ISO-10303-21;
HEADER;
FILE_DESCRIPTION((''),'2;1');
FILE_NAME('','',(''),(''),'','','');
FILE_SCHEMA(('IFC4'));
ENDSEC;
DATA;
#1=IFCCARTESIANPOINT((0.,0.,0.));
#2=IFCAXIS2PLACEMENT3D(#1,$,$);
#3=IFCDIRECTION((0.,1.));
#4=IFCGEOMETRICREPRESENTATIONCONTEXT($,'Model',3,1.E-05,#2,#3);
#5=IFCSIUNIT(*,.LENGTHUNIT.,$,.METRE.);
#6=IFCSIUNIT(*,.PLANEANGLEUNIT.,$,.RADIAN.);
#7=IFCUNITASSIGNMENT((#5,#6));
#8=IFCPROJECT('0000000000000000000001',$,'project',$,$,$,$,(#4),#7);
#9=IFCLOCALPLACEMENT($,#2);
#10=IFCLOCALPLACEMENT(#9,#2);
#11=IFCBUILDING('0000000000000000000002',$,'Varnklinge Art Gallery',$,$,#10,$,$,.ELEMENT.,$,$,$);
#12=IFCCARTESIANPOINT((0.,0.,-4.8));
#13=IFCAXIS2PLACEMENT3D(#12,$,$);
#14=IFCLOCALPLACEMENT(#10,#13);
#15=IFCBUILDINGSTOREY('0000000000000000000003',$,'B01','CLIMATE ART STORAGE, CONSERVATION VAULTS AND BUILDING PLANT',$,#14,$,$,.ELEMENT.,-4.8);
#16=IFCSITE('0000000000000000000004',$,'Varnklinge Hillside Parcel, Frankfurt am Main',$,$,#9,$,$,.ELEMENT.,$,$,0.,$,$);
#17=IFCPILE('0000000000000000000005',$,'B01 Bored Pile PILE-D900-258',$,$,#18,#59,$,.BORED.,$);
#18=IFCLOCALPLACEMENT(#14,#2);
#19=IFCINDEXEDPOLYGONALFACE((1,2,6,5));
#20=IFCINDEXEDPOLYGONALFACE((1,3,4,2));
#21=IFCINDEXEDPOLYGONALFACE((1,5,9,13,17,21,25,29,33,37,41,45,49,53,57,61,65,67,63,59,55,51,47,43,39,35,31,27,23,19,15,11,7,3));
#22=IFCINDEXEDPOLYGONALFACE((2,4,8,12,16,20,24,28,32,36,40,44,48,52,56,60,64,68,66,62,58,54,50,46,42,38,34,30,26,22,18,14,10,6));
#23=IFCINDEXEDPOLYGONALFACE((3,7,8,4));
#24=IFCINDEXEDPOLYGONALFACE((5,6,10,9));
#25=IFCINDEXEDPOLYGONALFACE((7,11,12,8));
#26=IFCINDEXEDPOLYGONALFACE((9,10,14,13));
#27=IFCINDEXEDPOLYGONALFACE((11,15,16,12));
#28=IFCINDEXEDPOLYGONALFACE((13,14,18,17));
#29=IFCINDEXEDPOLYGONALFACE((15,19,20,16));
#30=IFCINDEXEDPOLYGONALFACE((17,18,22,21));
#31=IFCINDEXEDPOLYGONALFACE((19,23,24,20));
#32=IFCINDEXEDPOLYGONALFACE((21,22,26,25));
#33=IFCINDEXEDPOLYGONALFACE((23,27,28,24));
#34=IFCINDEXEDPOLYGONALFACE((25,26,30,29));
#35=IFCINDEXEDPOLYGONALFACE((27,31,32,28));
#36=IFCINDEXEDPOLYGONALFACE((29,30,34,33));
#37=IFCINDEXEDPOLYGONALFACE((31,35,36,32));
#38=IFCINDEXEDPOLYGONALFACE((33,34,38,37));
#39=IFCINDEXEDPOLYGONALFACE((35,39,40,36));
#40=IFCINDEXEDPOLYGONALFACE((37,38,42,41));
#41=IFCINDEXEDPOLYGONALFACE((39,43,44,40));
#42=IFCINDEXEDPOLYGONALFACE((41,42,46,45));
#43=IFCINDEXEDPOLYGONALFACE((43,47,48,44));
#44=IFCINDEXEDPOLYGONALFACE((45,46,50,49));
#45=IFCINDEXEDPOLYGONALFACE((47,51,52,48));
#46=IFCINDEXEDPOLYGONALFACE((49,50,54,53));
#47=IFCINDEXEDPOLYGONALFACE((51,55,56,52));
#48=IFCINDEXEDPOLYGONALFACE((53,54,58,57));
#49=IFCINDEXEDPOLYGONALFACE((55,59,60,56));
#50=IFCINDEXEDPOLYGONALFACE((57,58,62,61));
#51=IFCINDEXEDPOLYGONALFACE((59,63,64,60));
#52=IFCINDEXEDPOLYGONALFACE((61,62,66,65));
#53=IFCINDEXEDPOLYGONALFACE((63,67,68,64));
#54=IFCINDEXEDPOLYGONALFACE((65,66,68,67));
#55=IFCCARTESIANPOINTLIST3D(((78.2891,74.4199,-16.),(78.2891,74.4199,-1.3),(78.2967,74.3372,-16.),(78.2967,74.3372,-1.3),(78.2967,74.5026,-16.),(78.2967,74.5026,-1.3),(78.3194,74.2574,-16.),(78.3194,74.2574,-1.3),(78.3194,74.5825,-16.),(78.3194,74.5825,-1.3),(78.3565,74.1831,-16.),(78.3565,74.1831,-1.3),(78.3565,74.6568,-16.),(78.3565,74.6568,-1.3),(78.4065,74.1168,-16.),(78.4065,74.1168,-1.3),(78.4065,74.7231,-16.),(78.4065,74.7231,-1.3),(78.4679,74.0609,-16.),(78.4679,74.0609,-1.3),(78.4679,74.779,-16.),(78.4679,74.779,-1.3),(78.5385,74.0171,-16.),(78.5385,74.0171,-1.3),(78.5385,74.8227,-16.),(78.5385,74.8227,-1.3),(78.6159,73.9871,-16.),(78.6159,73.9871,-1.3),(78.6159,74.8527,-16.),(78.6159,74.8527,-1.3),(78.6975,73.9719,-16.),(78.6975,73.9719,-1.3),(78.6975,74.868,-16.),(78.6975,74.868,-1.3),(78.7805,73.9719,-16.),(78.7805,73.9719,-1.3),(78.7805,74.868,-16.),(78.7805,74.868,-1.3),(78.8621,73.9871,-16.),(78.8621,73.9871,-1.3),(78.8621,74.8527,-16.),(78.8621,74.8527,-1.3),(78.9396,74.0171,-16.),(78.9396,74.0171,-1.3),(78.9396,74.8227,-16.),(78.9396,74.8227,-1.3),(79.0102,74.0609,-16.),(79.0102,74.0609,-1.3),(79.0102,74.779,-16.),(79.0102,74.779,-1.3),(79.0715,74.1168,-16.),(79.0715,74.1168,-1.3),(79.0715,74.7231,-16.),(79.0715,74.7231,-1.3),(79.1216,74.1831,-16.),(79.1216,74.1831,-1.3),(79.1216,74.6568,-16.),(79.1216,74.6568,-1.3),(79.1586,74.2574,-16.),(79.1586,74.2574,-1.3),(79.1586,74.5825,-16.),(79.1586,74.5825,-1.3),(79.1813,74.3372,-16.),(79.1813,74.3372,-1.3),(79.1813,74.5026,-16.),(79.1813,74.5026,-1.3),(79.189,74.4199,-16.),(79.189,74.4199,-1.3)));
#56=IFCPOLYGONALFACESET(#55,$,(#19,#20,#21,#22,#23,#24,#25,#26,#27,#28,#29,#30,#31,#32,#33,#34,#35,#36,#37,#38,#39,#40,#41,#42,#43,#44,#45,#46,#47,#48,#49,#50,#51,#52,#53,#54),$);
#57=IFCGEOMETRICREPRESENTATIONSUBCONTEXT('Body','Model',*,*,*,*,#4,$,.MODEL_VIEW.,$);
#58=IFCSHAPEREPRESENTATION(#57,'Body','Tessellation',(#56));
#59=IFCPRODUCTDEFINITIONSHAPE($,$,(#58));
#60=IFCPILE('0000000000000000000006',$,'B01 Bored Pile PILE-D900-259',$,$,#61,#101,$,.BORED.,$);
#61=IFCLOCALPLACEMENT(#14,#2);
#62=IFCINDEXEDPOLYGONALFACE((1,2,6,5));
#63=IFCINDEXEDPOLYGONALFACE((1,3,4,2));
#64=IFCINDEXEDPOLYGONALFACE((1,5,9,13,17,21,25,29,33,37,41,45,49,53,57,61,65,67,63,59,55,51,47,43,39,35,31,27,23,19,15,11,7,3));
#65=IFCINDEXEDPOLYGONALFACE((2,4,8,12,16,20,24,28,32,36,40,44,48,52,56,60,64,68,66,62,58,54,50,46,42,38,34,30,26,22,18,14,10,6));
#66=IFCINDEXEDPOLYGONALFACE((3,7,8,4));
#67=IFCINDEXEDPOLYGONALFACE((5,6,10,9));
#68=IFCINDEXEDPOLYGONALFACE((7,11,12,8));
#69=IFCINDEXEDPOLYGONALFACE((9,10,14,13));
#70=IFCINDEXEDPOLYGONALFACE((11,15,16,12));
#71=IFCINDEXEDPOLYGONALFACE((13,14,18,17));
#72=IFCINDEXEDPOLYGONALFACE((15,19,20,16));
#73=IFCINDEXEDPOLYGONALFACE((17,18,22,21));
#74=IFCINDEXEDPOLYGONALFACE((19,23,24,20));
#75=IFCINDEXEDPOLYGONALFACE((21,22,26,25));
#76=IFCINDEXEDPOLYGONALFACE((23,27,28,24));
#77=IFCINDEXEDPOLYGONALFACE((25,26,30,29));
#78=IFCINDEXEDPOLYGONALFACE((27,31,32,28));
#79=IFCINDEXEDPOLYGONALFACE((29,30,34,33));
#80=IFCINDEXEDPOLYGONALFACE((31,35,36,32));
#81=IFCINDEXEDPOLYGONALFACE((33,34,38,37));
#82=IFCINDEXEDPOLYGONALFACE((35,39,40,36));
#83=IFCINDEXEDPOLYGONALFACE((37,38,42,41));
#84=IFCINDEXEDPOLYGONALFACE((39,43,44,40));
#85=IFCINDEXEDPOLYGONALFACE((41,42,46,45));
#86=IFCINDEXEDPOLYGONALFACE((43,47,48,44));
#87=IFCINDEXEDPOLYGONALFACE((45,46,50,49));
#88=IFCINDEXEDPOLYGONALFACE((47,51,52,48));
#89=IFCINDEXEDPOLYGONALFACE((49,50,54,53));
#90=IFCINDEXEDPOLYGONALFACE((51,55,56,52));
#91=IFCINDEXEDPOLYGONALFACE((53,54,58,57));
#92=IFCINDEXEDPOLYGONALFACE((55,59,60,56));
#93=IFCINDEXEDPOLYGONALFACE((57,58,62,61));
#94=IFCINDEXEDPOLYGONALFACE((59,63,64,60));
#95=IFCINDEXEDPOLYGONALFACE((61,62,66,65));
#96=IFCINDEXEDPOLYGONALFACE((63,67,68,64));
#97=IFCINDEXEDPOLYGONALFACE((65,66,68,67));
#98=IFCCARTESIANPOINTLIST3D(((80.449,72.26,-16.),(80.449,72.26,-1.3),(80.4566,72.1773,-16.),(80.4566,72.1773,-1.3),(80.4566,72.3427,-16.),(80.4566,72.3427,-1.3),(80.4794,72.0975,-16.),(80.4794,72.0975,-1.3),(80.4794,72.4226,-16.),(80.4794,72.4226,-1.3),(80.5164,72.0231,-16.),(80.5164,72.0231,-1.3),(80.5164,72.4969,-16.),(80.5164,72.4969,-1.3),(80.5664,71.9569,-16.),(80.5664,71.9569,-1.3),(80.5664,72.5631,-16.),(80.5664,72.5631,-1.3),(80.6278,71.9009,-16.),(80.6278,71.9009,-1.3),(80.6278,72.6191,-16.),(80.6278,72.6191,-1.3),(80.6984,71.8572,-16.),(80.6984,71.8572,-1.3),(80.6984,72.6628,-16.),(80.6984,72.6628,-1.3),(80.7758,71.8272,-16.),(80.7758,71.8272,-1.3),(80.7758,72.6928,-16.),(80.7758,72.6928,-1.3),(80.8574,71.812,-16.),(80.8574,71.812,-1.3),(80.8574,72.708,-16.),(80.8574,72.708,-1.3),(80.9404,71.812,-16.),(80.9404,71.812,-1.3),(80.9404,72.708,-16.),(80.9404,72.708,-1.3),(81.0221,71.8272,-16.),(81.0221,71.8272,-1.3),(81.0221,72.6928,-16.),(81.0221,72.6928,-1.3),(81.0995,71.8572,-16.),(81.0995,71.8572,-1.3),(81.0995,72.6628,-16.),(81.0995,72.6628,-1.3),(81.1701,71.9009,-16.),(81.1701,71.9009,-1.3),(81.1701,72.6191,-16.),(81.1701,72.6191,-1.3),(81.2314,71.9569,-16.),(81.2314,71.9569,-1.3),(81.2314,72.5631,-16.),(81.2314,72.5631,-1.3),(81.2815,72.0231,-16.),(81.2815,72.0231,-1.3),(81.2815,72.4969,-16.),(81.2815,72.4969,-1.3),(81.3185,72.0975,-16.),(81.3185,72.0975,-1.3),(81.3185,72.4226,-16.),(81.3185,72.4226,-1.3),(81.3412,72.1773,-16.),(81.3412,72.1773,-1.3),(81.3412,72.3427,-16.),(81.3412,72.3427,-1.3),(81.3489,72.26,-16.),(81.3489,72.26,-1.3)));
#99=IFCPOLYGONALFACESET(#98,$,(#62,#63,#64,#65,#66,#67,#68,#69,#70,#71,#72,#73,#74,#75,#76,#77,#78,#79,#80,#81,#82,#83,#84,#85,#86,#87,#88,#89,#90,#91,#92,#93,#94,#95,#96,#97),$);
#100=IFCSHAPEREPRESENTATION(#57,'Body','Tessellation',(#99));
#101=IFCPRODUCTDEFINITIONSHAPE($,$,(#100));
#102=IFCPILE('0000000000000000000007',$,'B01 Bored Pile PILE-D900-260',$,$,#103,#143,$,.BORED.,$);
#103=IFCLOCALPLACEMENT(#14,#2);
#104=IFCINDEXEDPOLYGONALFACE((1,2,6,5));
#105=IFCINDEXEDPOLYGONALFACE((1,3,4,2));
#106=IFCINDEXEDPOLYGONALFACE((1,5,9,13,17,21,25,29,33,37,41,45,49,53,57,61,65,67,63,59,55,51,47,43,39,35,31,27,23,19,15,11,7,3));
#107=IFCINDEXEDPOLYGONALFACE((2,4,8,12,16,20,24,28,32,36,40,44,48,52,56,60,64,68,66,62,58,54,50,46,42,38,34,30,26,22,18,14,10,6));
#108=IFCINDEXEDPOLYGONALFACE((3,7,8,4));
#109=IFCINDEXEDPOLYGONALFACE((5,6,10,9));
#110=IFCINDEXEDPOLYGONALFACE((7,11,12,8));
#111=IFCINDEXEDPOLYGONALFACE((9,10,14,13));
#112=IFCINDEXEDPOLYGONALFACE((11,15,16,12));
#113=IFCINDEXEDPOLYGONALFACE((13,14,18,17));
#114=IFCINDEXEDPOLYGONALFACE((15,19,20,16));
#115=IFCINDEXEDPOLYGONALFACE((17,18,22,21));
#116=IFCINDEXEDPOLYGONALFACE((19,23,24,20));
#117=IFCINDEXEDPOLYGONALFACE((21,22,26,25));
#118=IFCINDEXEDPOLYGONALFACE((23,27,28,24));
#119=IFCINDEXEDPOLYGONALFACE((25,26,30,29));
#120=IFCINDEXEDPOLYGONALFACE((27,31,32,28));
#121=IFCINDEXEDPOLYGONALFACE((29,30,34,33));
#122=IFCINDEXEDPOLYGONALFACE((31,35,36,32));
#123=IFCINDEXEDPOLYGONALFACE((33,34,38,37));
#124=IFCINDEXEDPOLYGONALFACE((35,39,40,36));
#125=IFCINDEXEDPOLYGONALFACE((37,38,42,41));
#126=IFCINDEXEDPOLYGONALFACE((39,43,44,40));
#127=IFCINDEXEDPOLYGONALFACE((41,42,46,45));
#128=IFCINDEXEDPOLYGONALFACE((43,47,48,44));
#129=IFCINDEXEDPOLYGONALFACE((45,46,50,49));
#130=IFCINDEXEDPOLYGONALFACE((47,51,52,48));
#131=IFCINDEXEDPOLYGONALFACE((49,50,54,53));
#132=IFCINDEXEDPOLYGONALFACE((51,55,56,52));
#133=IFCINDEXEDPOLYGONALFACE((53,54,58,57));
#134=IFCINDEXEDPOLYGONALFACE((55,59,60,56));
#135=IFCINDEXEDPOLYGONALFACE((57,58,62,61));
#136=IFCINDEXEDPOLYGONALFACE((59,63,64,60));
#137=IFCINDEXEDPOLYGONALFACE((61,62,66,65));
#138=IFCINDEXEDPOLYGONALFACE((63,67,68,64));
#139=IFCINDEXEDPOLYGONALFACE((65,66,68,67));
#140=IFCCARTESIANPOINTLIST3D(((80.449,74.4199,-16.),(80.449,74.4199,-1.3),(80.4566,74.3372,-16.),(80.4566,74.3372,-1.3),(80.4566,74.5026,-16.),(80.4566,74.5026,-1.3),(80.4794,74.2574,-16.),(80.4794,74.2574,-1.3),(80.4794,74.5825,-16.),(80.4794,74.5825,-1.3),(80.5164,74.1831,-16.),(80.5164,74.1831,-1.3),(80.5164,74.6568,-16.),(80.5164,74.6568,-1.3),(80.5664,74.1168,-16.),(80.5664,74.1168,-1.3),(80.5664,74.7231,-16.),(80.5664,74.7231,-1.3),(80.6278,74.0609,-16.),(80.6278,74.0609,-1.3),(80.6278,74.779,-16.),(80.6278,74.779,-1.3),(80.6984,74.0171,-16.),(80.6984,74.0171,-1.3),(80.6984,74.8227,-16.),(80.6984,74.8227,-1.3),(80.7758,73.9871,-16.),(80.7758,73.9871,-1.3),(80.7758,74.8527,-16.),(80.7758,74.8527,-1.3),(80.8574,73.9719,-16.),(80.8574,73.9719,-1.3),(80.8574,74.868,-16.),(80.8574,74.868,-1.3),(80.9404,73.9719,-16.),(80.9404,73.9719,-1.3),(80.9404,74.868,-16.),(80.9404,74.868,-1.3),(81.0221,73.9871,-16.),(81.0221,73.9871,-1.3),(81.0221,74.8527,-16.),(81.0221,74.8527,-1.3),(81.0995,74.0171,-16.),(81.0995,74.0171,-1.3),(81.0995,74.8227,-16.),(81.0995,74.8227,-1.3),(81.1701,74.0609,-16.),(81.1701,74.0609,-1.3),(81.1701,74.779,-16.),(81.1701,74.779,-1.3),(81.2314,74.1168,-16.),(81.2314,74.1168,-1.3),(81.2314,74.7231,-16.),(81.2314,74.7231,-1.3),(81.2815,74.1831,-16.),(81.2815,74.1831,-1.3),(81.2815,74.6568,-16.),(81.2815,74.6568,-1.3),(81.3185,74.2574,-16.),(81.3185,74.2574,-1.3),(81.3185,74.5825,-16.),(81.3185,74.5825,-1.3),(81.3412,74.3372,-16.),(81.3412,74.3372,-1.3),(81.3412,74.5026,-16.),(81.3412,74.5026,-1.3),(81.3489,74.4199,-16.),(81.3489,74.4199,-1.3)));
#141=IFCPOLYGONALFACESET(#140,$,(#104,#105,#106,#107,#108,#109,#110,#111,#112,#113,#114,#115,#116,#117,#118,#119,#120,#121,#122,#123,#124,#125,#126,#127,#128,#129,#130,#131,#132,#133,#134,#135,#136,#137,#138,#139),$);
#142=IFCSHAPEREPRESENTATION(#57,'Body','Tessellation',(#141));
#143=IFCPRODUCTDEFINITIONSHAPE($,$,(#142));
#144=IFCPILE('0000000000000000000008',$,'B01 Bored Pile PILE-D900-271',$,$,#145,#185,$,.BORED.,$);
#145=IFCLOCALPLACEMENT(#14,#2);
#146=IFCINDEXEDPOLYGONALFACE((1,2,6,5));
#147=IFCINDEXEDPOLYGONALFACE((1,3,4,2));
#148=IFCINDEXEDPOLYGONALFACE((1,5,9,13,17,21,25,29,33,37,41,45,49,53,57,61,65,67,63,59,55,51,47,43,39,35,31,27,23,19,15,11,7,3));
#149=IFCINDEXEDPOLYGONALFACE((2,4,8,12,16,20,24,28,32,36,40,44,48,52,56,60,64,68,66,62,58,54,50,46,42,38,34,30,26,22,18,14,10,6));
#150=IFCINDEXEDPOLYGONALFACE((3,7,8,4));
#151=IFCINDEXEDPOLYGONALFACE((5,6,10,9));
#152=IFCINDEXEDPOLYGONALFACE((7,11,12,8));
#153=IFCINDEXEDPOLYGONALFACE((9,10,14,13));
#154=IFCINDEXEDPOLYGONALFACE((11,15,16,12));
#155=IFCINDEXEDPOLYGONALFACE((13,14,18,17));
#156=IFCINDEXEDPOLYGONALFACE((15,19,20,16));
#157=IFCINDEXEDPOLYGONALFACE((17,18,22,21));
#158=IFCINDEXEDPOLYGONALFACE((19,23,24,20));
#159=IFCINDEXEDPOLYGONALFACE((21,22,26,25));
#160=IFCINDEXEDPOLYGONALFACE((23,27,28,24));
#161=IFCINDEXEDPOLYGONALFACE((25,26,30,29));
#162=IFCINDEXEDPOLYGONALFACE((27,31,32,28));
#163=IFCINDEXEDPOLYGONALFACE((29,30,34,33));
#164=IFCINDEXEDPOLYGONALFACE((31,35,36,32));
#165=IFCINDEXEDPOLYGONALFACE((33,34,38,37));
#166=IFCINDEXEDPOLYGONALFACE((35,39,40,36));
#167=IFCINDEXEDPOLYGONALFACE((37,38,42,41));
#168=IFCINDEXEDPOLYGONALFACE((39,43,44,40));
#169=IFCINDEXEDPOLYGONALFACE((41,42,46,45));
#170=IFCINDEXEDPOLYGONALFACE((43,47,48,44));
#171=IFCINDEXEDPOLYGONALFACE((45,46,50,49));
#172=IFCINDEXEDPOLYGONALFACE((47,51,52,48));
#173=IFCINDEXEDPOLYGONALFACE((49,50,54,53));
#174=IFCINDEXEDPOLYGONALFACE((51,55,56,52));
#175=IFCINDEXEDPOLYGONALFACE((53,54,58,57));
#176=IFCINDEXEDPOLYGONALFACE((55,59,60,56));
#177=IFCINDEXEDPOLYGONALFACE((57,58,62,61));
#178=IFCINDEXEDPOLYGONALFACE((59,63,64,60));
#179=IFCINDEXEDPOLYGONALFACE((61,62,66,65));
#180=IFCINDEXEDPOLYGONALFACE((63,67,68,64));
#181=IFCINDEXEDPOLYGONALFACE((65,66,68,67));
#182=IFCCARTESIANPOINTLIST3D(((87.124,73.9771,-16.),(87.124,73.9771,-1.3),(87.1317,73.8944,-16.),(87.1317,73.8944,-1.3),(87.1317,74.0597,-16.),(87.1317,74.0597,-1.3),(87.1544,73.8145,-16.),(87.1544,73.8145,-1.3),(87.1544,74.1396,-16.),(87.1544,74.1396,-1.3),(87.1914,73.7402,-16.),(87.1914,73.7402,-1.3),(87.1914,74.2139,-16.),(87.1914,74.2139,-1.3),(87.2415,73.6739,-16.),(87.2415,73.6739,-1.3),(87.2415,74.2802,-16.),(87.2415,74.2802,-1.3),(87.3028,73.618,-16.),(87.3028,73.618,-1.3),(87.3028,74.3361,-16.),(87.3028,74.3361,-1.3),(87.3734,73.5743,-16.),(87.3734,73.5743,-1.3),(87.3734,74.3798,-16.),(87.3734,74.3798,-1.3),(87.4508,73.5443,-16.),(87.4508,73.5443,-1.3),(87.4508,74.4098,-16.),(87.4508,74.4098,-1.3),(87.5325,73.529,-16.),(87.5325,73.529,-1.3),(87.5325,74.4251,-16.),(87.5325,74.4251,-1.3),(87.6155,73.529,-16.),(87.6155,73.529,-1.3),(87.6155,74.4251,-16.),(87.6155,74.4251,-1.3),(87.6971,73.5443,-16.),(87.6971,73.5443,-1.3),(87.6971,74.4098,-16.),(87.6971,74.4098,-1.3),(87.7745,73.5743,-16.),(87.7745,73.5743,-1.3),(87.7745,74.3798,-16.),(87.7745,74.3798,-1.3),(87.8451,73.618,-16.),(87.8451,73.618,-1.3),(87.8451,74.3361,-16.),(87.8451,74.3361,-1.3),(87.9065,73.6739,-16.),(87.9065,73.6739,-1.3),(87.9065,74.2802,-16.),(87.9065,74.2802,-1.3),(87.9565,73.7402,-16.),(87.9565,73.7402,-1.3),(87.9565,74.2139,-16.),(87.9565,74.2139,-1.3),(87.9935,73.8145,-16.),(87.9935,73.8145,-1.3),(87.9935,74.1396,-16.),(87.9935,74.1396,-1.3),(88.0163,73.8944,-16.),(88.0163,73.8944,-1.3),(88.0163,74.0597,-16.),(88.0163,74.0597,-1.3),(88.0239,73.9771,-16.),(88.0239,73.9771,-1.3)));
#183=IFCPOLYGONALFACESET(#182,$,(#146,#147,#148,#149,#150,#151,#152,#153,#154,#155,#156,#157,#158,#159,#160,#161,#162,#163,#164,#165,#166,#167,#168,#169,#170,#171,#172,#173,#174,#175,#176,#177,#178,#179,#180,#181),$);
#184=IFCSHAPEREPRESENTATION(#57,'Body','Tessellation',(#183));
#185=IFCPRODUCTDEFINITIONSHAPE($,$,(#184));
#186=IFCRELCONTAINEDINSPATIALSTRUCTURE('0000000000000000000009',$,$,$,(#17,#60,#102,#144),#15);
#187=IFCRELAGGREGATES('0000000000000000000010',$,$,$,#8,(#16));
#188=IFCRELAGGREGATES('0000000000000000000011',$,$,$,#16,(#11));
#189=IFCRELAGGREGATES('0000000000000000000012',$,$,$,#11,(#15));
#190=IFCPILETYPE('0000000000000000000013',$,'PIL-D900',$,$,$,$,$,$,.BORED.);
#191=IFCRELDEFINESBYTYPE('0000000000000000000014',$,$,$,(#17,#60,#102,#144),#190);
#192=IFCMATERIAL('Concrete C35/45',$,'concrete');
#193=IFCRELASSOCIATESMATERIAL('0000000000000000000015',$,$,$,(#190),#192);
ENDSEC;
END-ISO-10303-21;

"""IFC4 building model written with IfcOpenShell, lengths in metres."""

from ifc_helpers import new_model, si_unit, direction, frame, origin, origin_2d, place, context, subcontext, project, spatial, circle, extrude, material, material_profile, profile_set, type_object, element, save


model = new_model("IFC4")

# Units and contexts
model_context = context("Model", 3, precision=1e-05, world=origin(), true_north=direction((0.0, 1.0)))
body_context = subcontext(model_context, "Body", "Model", "MODEL_VIEW")
ifc_project = project(units=[si_unit("LENGTHUNIT", "METRE"), si_unit("PLANEANGLEUNIT", "RADIAN")], contexts=[model_context])

# Site, building, storey
site_placement = place(None, origin())
site = spatial("IfcSite", under=ifc_project, at=site_placement, Name="Varnklinge Hillside Parcel, Frankfurt am Main", CompositionType="ELEMENT", RefElevation=0.0)
building_placement = place(site_placement, origin())
building = spatial("IfcBuilding", under=site, at=building_placement, Name="Varnklinge Art Gallery", CompositionType="ELEMENT")
storey_placement = place(building_placement, frame((0.0, 0.0, -4.8)))
storey = spatial("IfcBuildingStorey", under=building, at=storey_placement, Name="B01", Description="CLIMATE ART STORAGE, CONSERVATION VAULTS AND BUILDING PLANT", CompositionType="ELEMENT", Elevation=-4.8)

# Piles
ifc_material_1 = material(Name="Concrete C35/45", Category="concrete")
ifc_material_profile_1 = material_profile(ifc_material_1, circle(Radius=0.45, at=origin_2d()), Name="PILE D900")
ifc_profile_set_1 = profile_set([ifc_material_profile_1], Name="Concrete C35/45")
pile_type_1 = type_object("IfcPileType", Name="PIL-D900", PredefinedType="BORED", material=ifc_profile_set_1)
for number, where, z_axis, x_axis, name in (
    (1, (78.739, 74.4199, -1.3), (0.0, 0.0, -1.0), (1.0, 0.0, 0.0), "B01 Bored Pile PILE-D900-258"),
    (2, (80.8989, 72.26, -1.3), (0.0, 0.0, -1.0), (1.0, 0.0, 0.0), "B01 Bored Pile PILE-D900-259"),
    (3, (80.8989, 74.4199, -1.3), (0.0, 0.0, -1.0), (1.0, 0.0, 0.0), "B01 Bored Pile PILE-D900-260"),
    (4, (87.574, 73.9771, -1.3), (0.0, 0.0, -1.0), (1.0, 0.0, 0.0), "B01 Bored Pile PILE-D900-271"),
):
    element("IfcPile", number, at=place(storey_placement, frame(where, z_axis=z_axis, x_axis=x_axis)), inside=storey, type_object=pile_type_1, Name=name, PredefinedType="BORED", context=body_context, shape_type="SweptSolid", body=[
        extrude(circle(Radius=0.45, at=origin_2d()), origin(), (0.0, 0.0, 1.0), 14.7),
    ])

save(model, "model.ifc")
